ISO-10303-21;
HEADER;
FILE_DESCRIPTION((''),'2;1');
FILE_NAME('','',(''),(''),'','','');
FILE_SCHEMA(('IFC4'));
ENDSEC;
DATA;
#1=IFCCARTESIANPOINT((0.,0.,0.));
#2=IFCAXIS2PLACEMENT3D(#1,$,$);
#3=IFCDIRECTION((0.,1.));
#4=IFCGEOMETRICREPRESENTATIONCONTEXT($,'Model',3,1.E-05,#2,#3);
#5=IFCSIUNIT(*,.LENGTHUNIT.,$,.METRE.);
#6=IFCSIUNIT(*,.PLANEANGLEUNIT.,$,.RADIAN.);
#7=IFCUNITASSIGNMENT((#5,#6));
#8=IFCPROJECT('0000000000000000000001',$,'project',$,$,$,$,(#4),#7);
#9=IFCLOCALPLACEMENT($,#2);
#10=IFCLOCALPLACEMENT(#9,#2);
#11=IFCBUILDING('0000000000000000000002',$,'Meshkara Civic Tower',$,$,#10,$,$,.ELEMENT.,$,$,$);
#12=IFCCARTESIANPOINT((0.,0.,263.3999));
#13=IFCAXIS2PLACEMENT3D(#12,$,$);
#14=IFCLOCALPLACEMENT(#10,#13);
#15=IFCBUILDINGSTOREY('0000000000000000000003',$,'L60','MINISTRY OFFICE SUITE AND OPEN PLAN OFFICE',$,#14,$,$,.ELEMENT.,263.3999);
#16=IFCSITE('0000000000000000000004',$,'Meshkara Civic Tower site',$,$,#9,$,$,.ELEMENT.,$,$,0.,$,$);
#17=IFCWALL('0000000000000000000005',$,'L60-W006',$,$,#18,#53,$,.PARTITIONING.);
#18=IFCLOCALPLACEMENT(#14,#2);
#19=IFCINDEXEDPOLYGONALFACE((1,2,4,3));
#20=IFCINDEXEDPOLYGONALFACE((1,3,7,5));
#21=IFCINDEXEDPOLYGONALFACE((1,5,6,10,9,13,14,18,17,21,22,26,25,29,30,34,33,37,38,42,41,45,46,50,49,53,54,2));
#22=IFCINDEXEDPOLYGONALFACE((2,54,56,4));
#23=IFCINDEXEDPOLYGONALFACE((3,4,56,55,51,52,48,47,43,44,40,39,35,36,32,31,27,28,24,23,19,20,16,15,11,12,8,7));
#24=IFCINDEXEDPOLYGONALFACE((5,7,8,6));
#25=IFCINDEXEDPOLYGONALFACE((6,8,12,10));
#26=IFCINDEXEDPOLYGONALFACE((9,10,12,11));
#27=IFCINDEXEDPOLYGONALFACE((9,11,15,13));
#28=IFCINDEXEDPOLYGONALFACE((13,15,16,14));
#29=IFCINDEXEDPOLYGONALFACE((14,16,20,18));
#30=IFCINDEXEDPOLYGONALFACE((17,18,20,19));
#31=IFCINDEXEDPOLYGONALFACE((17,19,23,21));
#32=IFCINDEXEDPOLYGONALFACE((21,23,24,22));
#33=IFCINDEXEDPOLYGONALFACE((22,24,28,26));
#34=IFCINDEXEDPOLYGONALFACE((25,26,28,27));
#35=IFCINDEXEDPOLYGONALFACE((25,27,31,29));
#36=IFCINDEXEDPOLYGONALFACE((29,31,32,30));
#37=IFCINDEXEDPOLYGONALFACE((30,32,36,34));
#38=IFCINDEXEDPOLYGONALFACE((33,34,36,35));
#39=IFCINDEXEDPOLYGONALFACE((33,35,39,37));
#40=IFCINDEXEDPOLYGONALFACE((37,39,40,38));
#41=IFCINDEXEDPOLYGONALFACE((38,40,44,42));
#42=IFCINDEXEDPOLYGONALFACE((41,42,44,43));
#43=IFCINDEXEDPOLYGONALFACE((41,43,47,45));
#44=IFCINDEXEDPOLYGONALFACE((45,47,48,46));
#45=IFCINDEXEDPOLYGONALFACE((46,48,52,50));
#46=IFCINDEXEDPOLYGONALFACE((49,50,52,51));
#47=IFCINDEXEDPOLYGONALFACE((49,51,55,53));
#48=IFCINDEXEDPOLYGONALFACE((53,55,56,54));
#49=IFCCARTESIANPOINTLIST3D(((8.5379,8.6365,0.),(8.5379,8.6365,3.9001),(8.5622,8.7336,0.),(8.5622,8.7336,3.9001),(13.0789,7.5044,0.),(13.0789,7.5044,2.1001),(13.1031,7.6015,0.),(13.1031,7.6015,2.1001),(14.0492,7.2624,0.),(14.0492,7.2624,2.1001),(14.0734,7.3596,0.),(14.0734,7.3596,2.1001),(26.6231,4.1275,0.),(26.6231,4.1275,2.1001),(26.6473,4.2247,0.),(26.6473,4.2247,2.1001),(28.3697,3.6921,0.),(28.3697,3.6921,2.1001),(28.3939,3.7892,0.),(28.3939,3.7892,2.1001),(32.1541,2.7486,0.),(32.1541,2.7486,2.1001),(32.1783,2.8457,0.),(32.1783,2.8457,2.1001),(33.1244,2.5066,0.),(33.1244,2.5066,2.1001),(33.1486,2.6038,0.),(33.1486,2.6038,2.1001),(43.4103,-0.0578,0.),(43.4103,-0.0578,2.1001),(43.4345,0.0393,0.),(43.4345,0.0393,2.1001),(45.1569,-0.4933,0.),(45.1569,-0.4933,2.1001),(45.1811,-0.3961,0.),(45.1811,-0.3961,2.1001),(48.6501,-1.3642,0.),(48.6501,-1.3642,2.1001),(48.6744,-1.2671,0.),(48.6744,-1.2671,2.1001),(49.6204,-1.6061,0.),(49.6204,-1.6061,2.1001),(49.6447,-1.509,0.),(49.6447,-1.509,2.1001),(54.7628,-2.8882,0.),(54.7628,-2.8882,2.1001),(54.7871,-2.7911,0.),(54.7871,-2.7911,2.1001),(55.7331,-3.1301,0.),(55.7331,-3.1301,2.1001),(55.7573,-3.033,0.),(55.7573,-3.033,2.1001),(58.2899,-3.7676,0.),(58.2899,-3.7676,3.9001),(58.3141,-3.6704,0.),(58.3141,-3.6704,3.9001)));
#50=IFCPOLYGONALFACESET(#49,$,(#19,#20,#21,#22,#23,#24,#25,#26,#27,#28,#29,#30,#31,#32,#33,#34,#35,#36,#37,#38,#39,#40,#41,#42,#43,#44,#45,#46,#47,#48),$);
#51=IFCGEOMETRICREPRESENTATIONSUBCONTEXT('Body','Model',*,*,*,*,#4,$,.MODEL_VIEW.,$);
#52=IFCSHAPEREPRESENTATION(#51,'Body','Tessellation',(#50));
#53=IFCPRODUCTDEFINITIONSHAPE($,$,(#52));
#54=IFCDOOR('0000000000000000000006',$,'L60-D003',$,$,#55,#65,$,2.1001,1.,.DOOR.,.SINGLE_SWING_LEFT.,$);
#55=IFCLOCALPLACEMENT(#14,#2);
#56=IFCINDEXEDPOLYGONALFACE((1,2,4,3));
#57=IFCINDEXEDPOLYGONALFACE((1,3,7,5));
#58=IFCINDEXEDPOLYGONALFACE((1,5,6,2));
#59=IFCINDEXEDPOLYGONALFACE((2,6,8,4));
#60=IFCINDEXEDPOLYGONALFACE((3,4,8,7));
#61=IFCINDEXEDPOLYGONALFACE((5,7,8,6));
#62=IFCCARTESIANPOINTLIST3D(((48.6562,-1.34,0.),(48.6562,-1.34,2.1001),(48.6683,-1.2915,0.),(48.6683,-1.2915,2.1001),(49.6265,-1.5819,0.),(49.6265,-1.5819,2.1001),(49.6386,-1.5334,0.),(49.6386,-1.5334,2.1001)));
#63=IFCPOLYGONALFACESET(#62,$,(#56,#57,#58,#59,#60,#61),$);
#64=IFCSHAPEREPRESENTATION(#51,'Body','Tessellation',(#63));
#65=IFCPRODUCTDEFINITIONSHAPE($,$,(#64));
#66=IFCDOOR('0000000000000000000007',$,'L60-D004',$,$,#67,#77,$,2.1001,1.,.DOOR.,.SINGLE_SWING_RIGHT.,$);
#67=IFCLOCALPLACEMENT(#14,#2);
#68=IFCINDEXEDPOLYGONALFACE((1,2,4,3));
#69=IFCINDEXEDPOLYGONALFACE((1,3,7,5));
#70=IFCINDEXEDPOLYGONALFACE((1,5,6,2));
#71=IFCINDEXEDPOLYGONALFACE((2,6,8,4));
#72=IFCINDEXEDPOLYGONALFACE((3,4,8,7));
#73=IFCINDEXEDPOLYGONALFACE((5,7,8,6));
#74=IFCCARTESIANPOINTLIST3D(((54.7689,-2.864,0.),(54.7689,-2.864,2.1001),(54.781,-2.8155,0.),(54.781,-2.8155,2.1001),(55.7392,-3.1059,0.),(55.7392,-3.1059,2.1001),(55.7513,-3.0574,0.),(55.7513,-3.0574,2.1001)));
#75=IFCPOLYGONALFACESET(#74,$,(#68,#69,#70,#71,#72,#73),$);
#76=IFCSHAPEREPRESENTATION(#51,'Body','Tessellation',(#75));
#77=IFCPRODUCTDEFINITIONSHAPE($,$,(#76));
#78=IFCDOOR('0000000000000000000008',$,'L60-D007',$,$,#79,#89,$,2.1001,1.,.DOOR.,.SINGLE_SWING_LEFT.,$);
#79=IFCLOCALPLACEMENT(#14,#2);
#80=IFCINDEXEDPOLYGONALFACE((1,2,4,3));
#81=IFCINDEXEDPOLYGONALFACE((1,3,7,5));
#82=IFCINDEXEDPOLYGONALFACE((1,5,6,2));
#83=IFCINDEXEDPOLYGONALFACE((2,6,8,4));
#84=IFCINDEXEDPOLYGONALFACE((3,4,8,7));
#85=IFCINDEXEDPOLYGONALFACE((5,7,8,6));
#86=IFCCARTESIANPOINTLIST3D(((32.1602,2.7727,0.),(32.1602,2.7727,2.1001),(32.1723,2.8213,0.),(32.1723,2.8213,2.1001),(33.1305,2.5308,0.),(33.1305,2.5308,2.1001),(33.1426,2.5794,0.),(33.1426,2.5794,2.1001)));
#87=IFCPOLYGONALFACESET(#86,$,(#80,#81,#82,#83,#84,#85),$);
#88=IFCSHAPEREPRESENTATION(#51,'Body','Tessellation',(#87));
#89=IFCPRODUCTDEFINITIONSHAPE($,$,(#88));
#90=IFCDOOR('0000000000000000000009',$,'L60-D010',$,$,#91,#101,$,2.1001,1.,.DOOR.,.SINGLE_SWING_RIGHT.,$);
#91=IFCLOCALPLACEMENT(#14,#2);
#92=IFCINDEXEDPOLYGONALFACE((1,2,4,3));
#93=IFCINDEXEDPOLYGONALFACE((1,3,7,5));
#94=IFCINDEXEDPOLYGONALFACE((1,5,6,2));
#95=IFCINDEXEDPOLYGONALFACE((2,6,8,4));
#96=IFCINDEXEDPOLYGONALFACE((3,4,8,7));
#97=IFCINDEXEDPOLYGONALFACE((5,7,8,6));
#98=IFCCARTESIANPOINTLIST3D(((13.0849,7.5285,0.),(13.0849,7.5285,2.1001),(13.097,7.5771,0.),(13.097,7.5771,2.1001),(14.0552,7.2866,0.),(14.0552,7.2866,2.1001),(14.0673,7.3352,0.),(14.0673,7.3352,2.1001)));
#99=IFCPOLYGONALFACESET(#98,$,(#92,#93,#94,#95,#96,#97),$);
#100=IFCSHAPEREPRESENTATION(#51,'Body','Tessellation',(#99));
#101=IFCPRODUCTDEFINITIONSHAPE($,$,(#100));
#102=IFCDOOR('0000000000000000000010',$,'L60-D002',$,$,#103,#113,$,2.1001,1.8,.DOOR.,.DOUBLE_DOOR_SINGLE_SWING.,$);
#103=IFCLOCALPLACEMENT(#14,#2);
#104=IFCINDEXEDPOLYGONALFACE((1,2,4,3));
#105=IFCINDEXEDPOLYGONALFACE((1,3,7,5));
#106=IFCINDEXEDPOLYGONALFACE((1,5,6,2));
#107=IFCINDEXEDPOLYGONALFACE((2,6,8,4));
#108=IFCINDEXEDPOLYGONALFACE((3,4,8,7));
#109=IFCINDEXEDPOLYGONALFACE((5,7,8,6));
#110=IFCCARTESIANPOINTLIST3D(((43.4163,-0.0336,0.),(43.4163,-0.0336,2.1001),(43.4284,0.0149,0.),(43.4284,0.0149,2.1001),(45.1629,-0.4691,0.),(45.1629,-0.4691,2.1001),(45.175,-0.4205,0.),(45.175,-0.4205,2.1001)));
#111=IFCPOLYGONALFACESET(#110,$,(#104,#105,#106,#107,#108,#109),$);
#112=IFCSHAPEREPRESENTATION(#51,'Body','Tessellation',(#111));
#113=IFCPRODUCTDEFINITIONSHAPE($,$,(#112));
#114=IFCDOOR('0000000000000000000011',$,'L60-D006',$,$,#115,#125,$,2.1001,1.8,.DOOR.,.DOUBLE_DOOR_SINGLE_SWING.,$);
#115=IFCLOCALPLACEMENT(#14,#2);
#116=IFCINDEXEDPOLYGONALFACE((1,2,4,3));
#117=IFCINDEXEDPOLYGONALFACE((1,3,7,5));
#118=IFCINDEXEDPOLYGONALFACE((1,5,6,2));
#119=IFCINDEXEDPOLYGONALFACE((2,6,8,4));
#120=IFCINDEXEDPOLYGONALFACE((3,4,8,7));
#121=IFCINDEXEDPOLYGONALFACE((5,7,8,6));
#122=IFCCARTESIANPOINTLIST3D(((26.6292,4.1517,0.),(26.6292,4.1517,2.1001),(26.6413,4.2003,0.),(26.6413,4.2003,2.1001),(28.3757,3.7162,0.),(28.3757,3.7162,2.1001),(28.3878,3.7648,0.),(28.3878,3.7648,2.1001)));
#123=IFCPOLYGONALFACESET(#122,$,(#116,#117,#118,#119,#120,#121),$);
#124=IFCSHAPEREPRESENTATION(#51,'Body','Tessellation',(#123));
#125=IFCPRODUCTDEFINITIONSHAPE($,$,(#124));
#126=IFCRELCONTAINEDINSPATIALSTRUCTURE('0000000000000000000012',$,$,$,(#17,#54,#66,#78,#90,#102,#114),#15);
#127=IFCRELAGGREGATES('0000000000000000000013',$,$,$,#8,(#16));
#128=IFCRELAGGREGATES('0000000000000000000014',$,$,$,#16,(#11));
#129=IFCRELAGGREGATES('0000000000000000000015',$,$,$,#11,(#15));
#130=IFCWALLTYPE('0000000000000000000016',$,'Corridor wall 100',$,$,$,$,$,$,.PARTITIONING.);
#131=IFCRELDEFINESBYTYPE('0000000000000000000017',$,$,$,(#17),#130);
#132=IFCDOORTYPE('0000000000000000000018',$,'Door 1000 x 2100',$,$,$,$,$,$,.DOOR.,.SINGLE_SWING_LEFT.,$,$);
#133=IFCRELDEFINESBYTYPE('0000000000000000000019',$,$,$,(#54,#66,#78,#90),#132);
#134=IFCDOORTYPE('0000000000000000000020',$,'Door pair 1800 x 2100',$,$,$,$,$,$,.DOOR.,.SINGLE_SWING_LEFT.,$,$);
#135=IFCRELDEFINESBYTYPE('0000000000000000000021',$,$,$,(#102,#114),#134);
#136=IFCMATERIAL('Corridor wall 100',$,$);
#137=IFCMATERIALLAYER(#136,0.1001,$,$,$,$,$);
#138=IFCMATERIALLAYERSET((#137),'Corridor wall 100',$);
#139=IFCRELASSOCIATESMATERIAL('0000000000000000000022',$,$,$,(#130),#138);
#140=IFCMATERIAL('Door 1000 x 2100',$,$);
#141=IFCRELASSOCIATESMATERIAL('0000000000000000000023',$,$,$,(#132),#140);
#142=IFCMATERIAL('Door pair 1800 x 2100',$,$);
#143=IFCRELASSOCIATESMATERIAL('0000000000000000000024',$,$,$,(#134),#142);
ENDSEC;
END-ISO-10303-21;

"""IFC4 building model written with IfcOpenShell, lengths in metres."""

from ifc_helpers import new_model, si_unit, direction, frame, frame_2d, origin, place, context, subcontext, project, spatial, rectangle, extrude, material, layer, layer_set, type_object, element, fill, save


model = new_model("IFC4")

# Units and contexts
model_context = context("Model", 3, precision=1e-05, world=origin(), true_north=direction((0.0, 1.0)))
body_context = subcontext(model_context, "Body", "Model", "MODEL_VIEW")
ifc_project = project(units=[si_unit("LENGTHUNIT", "METRE"), si_unit("PLANEANGLEUNIT", "RADIAN")], contexts=[model_context])

# Site, building, storey
site_placement = place(None, origin())
site = spatial("IfcSite", under=ifc_project, at=site_placement, Name="Meshkara Civic Tower site", CompositionType="ELEMENT", RefElevation=0.0)
building_placement = place(site_placement, origin())
building = spatial("IfcBuilding", under=site, at=building_placement, Name="Meshkara Civic Tower", CompositionType="ELEMENT")
storey_placement = place(building_placement, frame((0.0, 0.0, 263.3999)))
storey = spatial("IfcBuildingStorey", under=building, at=storey_placement, Name="L60", Description="MINISTRY OFFICE SUITE AND OPEN PLAN OFFICE", CompositionType="ELEMENT", Elevation=263.3999)

# Wall, openings, doors
ifc_material_1 = material(Name="Corridor wall 100")
ifc_layer_1 = layer(ifc_material_1, 0.1001)
ifc_layer_set_1 = layer_set([ifc_layer_1], Name="Corridor wall 100")
wall_type_1 = type_object("IfcWallType", Name="Corridor wall 100", PredefinedType="PARTITIONING", material=ifc_layer_set_1)
wall_1_placement = place(storey_placement, frame((8.55, 8.6851, 0.0), z_axis=(0.0, 0.0, 1.0), x_axis=(0.970298, -0.241913, 0.0)))
wall_1 = element("IfcWall", 1, at=wall_1_placement, inside=storey, type_object=wall_type_1, Name="L60-W006", PredefinedType="PARTITIONING", context=body_context, shape_type="SweptSolid", body=[
    extrude(rectangle(XDim=51.2749, YDim=0.1001, at=frame_2d((25.6375, 0.0))), origin(), (0.0, 0.0, 1.0), 3.9001),
])
opening_1_placement = place(wall_1_placement, frame((35.9399, 0.0, 0.0)))
opening_1 = element("IfcOpeningElement", 2, at=opening_1_placement, cuts=wall_1, PredefinedType="OPENING", context=body_context, shape_type="SweptSolid", body=[
    extrude(rectangle(XDim=1.8, YDim=2.1001, at=frame_2d((0.8999, 1.05))), frame((0.0, 0.0601, 0.0), z_axis=(0.0, -1.0, 0.0), x_axis=(1.0, 0.0, 0.0)), (0.0, 0.0, 1.0), 0.1201),
])
opening_2_placement = place(wall_1_placement, frame((41.3401, 0.0, 0.0)))
opening_2 = element("IfcOpeningElement", 3, at=opening_2_placement, cuts=wall_1, PredefinedType="OPENING", context=body_context, shape_type="SweptSolid", body=[
    extrude(rectangle(XDim=1.0, YDim=2.1001, at=frame_2d((0.5, 1.05))), frame((0.0, 0.0601, 0.0), z_axis=(0.0, -1.0, 0.0), x_axis=(1.0, 0.0, 0.0)), (0.0, 0.0, 1.0), 0.1201),
])
opening_3_placement = place(wall_1_placement, frame((47.6399, 0.0, 0.0)))
opening_3 = element("IfcOpeningElement", 4, at=opening_3_placement, cuts=wall_1, PredefinedType="OPENING", context=body_context, shape_type="SweptSolid", body=[
    extrude(rectangle(XDim=1.0, YDim=2.1001, at=frame_2d((0.5, 1.05))), frame((0.0, 0.0601, 0.0), z_axis=(0.0, -1.0, 0.0), x_axis=(1.0, 0.0, 0.0)), (0.0, 0.0, 1.0), 0.1201),
])
opening_4_placement = place(wall_1_placement, frame((18.6389, 0.0, 0.0)))
opening_4 = element("IfcOpeningElement", 5, at=opening_4_placement, cuts=wall_1, PredefinedType="OPENING", context=body_context, shape_type="SweptSolid", body=[
    extrude(rectangle(XDim=1.8, YDim=2.1001, at=frame_2d((0.8999, 1.05))), frame((0.0, 0.0601, 0.0), z_axis=(0.0, -1.0, 0.0), x_axis=(1.0, 0.0, 0.0)), (0.0, 0.0, 1.0), 0.1201),
])
opening_5_placement = place(wall_1_placement, frame((24.3391, 0.0, 0.0)))
opening_5 = element("IfcOpeningElement", 6, at=opening_5_placement, cuts=wall_1, PredefinedType="OPENING", context=body_context, shape_type="SweptSolid", body=[
    extrude(rectangle(XDim=1.0, YDim=2.1001, at=frame_2d((0.5, 1.05))), frame((0.0, 0.0601, 0.0), z_axis=(0.0, -1.0, 0.0), x_axis=(1.0, 0.0, 0.0)), (0.0, 0.0, 1.0), 0.1201),
])
opening_6_placement = place(wall_1_placement, frame((4.6799, 0.0, 0.0)))
opening_6 = element("IfcOpeningElement", 7, at=opening_6_placement, cuts=wall_1, PredefinedType="OPENING", context=body_context, shape_type="SweptSolid", body=[
    extrude(rectangle(XDim=1.0, YDim=2.1001, at=frame_2d((0.5, 1.05))), frame((0.0, 0.0601, 0.0), z_axis=(0.0, -1.0, 0.0), x_axis=(1.0, 0.0, 0.0)), (0.0, 0.0, 1.0), 0.1201),
])
ifc_material_2 = material(Name="Door 1000 x 2100")
door_type_1 = type_object("IfcDoorType", Name="Door 1000 x 2100", OperationType="SINGLE_SWING_LEFT", PredefinedType="DOOR", material=ifc_material_2)
door_1_placement = place(opening_2_placement, origin())
door_1 = element("IfcDoor", 8, at=door_1_placement, inside=storey, type_object=door_type_1, Name="L60-D003", OperationType="SINGLE_SWING_LEFT", OverallHeight=2.1001, OverallWidth=1.0, PredefinedType="DOOR", context=body_context, shape_type="SweptSolid", body=[
    extrude(rectangle(XDim=1.0, YDim=2.1001, at=frame_2d((0.5, 1.05))), frame((0.0, 0.0249, 0.0), z_axis=(0.0, -1.0, 0.0), x_axis=(1.0, 0.0, 0.0)), (0.0, 0.0, 1.0), 0.05),
])
fill(opening_2, door_1)
door_2_placement = place(opening_3_placement, origin())
door_2 = element("IfcDoor", 9, at=door_2_placement, inside=storey, type_object=door_type_1, Name="L60-D004", OperationType="SINGLE_SWING_RIGHT", OverallHeight=2.1001, OverallWidth=1.0, PredefinedType="DOOR", context=body_context, shape_type="SweptSolid", body=[
    extrude(rectangle(XDim=1.0, YDim=2.1001, at=frame_2d((0.5, 1.05))), frame((0.0, 0.0249, 0.0), z_axis=(0.0, -1.0, 0.0), x_axis=(1.0, 0.0, 0.0)), (0.0, 0.0, 1.0), 0.05),
])
fill(opening_3, door_2)
door_3_placement = place(opening_5_placement, origin())
door_3 = element("IfcDoor", 10, at=door_3_placement, inside=storey, type_object=door_type_1, Name="L60-D007", OperationType="SINGLE_SWING_LEFT", OverallHeight=2.1001, OverallWidth=1.0, PredefinedType="DOOR", context=body_context, shape_type="SweptSolid", body=[
    extrude(rectangle(XDim=1.0, YDim=2.1001, at=frame_2d((0.5, 1.05))), frame((0.0, 0.0249, 0.0), z_axis=(0.0, -1.0, 0.0), x_axis=(1.0, 0.0, 0.0)), (0.0, 0.0, 1.0), 0.05),
])
fill(opening_5, door_3)
door_4_placement = place(opening_6_placement, origin())
door_4 = element("IfcDoor", 11, at=door_4_placement, inside=storey, type_object=door_type_1, Name="L60-D010", OperationType="SINGLE_SWING_RIGHT", OverallHeight=2.1001, OverallWidth=1.0, PredefinedType="DOOR", context=body_context, shape_type="SweptSolid", body=[
    extrude(rectangle(XDim=1.0, YDim=2.1001, at=frame_2d((0.5, 1.05))), frame((0.0, 0.0249, 0.0), z_axis=(0.0, -1.0, 0.0), x_axis=(1.0, 0.0, 0.0)), (0.0, 0.0, 1.0), 0.05),
])
fill(opening_6, door_4)
ifc_material_3 = material(Name="Door pair 1800 x 2100")
door_type_2 = type_object("IfcDoorType", Name="Door pair 1800 x 2100", OperationType="SINGLE_SWING_LEFT", PredefinedType="DOOR", material=ifc_material_3)
door_5_placement = place(opening_1_placement, origin())
door_5 = element("IfcDoor", 12, at=door_5_placement, inside=storey, type_object=door_type_2, Name="L60-D002", OperationType="DOUBLE_DOOR_SINGLE_SWING", OverallHeight=2.1001, OverallWidth=1.8, PredefinedType="DOOR", context=body_context, shape_type="SweptSolid", body=[
    extrude(rectangle(XDim=1.8, YDim=2.1001, at=frame_2d((0.8999, 1.05))), frame((0.0, 0.0249, 0.0), z_axis=(0.0, -1.0, 0.0), x_axis=(1.0, 0.0, 0.0)), (0.0, 0.0, 1.0), 0.05),
])
fill(opening_1, door_5)
door_6_placement = place(opening_4_placement, origin())
door_6 = element("IfcDoor", 13, at=door_6_placement, inside=storey, type_object=door_type_2, Name="L60-D006", OperationType="DOUBLE_DOOR_SINGLE_SWING", OverallHeight=2.1001, OverallWidth=1.8, PredefinedType="DOOR", context=body_context, shape_type="SweptSolid", body=[
    extrude(rectangle(XDim=1.8, YDim=2.1001, at=frame_2d((0.8999, 1.05))), frame((0.0, 0.0249, 0.0), z_axis=(0.0, -1.0, 0.0), x_axis=(1.0, 0.0, 0.0)), (0.0, 0.0, 1.0), 0.05),
])
fill(opening_4, door_6)

save(model, "model.ifc")
